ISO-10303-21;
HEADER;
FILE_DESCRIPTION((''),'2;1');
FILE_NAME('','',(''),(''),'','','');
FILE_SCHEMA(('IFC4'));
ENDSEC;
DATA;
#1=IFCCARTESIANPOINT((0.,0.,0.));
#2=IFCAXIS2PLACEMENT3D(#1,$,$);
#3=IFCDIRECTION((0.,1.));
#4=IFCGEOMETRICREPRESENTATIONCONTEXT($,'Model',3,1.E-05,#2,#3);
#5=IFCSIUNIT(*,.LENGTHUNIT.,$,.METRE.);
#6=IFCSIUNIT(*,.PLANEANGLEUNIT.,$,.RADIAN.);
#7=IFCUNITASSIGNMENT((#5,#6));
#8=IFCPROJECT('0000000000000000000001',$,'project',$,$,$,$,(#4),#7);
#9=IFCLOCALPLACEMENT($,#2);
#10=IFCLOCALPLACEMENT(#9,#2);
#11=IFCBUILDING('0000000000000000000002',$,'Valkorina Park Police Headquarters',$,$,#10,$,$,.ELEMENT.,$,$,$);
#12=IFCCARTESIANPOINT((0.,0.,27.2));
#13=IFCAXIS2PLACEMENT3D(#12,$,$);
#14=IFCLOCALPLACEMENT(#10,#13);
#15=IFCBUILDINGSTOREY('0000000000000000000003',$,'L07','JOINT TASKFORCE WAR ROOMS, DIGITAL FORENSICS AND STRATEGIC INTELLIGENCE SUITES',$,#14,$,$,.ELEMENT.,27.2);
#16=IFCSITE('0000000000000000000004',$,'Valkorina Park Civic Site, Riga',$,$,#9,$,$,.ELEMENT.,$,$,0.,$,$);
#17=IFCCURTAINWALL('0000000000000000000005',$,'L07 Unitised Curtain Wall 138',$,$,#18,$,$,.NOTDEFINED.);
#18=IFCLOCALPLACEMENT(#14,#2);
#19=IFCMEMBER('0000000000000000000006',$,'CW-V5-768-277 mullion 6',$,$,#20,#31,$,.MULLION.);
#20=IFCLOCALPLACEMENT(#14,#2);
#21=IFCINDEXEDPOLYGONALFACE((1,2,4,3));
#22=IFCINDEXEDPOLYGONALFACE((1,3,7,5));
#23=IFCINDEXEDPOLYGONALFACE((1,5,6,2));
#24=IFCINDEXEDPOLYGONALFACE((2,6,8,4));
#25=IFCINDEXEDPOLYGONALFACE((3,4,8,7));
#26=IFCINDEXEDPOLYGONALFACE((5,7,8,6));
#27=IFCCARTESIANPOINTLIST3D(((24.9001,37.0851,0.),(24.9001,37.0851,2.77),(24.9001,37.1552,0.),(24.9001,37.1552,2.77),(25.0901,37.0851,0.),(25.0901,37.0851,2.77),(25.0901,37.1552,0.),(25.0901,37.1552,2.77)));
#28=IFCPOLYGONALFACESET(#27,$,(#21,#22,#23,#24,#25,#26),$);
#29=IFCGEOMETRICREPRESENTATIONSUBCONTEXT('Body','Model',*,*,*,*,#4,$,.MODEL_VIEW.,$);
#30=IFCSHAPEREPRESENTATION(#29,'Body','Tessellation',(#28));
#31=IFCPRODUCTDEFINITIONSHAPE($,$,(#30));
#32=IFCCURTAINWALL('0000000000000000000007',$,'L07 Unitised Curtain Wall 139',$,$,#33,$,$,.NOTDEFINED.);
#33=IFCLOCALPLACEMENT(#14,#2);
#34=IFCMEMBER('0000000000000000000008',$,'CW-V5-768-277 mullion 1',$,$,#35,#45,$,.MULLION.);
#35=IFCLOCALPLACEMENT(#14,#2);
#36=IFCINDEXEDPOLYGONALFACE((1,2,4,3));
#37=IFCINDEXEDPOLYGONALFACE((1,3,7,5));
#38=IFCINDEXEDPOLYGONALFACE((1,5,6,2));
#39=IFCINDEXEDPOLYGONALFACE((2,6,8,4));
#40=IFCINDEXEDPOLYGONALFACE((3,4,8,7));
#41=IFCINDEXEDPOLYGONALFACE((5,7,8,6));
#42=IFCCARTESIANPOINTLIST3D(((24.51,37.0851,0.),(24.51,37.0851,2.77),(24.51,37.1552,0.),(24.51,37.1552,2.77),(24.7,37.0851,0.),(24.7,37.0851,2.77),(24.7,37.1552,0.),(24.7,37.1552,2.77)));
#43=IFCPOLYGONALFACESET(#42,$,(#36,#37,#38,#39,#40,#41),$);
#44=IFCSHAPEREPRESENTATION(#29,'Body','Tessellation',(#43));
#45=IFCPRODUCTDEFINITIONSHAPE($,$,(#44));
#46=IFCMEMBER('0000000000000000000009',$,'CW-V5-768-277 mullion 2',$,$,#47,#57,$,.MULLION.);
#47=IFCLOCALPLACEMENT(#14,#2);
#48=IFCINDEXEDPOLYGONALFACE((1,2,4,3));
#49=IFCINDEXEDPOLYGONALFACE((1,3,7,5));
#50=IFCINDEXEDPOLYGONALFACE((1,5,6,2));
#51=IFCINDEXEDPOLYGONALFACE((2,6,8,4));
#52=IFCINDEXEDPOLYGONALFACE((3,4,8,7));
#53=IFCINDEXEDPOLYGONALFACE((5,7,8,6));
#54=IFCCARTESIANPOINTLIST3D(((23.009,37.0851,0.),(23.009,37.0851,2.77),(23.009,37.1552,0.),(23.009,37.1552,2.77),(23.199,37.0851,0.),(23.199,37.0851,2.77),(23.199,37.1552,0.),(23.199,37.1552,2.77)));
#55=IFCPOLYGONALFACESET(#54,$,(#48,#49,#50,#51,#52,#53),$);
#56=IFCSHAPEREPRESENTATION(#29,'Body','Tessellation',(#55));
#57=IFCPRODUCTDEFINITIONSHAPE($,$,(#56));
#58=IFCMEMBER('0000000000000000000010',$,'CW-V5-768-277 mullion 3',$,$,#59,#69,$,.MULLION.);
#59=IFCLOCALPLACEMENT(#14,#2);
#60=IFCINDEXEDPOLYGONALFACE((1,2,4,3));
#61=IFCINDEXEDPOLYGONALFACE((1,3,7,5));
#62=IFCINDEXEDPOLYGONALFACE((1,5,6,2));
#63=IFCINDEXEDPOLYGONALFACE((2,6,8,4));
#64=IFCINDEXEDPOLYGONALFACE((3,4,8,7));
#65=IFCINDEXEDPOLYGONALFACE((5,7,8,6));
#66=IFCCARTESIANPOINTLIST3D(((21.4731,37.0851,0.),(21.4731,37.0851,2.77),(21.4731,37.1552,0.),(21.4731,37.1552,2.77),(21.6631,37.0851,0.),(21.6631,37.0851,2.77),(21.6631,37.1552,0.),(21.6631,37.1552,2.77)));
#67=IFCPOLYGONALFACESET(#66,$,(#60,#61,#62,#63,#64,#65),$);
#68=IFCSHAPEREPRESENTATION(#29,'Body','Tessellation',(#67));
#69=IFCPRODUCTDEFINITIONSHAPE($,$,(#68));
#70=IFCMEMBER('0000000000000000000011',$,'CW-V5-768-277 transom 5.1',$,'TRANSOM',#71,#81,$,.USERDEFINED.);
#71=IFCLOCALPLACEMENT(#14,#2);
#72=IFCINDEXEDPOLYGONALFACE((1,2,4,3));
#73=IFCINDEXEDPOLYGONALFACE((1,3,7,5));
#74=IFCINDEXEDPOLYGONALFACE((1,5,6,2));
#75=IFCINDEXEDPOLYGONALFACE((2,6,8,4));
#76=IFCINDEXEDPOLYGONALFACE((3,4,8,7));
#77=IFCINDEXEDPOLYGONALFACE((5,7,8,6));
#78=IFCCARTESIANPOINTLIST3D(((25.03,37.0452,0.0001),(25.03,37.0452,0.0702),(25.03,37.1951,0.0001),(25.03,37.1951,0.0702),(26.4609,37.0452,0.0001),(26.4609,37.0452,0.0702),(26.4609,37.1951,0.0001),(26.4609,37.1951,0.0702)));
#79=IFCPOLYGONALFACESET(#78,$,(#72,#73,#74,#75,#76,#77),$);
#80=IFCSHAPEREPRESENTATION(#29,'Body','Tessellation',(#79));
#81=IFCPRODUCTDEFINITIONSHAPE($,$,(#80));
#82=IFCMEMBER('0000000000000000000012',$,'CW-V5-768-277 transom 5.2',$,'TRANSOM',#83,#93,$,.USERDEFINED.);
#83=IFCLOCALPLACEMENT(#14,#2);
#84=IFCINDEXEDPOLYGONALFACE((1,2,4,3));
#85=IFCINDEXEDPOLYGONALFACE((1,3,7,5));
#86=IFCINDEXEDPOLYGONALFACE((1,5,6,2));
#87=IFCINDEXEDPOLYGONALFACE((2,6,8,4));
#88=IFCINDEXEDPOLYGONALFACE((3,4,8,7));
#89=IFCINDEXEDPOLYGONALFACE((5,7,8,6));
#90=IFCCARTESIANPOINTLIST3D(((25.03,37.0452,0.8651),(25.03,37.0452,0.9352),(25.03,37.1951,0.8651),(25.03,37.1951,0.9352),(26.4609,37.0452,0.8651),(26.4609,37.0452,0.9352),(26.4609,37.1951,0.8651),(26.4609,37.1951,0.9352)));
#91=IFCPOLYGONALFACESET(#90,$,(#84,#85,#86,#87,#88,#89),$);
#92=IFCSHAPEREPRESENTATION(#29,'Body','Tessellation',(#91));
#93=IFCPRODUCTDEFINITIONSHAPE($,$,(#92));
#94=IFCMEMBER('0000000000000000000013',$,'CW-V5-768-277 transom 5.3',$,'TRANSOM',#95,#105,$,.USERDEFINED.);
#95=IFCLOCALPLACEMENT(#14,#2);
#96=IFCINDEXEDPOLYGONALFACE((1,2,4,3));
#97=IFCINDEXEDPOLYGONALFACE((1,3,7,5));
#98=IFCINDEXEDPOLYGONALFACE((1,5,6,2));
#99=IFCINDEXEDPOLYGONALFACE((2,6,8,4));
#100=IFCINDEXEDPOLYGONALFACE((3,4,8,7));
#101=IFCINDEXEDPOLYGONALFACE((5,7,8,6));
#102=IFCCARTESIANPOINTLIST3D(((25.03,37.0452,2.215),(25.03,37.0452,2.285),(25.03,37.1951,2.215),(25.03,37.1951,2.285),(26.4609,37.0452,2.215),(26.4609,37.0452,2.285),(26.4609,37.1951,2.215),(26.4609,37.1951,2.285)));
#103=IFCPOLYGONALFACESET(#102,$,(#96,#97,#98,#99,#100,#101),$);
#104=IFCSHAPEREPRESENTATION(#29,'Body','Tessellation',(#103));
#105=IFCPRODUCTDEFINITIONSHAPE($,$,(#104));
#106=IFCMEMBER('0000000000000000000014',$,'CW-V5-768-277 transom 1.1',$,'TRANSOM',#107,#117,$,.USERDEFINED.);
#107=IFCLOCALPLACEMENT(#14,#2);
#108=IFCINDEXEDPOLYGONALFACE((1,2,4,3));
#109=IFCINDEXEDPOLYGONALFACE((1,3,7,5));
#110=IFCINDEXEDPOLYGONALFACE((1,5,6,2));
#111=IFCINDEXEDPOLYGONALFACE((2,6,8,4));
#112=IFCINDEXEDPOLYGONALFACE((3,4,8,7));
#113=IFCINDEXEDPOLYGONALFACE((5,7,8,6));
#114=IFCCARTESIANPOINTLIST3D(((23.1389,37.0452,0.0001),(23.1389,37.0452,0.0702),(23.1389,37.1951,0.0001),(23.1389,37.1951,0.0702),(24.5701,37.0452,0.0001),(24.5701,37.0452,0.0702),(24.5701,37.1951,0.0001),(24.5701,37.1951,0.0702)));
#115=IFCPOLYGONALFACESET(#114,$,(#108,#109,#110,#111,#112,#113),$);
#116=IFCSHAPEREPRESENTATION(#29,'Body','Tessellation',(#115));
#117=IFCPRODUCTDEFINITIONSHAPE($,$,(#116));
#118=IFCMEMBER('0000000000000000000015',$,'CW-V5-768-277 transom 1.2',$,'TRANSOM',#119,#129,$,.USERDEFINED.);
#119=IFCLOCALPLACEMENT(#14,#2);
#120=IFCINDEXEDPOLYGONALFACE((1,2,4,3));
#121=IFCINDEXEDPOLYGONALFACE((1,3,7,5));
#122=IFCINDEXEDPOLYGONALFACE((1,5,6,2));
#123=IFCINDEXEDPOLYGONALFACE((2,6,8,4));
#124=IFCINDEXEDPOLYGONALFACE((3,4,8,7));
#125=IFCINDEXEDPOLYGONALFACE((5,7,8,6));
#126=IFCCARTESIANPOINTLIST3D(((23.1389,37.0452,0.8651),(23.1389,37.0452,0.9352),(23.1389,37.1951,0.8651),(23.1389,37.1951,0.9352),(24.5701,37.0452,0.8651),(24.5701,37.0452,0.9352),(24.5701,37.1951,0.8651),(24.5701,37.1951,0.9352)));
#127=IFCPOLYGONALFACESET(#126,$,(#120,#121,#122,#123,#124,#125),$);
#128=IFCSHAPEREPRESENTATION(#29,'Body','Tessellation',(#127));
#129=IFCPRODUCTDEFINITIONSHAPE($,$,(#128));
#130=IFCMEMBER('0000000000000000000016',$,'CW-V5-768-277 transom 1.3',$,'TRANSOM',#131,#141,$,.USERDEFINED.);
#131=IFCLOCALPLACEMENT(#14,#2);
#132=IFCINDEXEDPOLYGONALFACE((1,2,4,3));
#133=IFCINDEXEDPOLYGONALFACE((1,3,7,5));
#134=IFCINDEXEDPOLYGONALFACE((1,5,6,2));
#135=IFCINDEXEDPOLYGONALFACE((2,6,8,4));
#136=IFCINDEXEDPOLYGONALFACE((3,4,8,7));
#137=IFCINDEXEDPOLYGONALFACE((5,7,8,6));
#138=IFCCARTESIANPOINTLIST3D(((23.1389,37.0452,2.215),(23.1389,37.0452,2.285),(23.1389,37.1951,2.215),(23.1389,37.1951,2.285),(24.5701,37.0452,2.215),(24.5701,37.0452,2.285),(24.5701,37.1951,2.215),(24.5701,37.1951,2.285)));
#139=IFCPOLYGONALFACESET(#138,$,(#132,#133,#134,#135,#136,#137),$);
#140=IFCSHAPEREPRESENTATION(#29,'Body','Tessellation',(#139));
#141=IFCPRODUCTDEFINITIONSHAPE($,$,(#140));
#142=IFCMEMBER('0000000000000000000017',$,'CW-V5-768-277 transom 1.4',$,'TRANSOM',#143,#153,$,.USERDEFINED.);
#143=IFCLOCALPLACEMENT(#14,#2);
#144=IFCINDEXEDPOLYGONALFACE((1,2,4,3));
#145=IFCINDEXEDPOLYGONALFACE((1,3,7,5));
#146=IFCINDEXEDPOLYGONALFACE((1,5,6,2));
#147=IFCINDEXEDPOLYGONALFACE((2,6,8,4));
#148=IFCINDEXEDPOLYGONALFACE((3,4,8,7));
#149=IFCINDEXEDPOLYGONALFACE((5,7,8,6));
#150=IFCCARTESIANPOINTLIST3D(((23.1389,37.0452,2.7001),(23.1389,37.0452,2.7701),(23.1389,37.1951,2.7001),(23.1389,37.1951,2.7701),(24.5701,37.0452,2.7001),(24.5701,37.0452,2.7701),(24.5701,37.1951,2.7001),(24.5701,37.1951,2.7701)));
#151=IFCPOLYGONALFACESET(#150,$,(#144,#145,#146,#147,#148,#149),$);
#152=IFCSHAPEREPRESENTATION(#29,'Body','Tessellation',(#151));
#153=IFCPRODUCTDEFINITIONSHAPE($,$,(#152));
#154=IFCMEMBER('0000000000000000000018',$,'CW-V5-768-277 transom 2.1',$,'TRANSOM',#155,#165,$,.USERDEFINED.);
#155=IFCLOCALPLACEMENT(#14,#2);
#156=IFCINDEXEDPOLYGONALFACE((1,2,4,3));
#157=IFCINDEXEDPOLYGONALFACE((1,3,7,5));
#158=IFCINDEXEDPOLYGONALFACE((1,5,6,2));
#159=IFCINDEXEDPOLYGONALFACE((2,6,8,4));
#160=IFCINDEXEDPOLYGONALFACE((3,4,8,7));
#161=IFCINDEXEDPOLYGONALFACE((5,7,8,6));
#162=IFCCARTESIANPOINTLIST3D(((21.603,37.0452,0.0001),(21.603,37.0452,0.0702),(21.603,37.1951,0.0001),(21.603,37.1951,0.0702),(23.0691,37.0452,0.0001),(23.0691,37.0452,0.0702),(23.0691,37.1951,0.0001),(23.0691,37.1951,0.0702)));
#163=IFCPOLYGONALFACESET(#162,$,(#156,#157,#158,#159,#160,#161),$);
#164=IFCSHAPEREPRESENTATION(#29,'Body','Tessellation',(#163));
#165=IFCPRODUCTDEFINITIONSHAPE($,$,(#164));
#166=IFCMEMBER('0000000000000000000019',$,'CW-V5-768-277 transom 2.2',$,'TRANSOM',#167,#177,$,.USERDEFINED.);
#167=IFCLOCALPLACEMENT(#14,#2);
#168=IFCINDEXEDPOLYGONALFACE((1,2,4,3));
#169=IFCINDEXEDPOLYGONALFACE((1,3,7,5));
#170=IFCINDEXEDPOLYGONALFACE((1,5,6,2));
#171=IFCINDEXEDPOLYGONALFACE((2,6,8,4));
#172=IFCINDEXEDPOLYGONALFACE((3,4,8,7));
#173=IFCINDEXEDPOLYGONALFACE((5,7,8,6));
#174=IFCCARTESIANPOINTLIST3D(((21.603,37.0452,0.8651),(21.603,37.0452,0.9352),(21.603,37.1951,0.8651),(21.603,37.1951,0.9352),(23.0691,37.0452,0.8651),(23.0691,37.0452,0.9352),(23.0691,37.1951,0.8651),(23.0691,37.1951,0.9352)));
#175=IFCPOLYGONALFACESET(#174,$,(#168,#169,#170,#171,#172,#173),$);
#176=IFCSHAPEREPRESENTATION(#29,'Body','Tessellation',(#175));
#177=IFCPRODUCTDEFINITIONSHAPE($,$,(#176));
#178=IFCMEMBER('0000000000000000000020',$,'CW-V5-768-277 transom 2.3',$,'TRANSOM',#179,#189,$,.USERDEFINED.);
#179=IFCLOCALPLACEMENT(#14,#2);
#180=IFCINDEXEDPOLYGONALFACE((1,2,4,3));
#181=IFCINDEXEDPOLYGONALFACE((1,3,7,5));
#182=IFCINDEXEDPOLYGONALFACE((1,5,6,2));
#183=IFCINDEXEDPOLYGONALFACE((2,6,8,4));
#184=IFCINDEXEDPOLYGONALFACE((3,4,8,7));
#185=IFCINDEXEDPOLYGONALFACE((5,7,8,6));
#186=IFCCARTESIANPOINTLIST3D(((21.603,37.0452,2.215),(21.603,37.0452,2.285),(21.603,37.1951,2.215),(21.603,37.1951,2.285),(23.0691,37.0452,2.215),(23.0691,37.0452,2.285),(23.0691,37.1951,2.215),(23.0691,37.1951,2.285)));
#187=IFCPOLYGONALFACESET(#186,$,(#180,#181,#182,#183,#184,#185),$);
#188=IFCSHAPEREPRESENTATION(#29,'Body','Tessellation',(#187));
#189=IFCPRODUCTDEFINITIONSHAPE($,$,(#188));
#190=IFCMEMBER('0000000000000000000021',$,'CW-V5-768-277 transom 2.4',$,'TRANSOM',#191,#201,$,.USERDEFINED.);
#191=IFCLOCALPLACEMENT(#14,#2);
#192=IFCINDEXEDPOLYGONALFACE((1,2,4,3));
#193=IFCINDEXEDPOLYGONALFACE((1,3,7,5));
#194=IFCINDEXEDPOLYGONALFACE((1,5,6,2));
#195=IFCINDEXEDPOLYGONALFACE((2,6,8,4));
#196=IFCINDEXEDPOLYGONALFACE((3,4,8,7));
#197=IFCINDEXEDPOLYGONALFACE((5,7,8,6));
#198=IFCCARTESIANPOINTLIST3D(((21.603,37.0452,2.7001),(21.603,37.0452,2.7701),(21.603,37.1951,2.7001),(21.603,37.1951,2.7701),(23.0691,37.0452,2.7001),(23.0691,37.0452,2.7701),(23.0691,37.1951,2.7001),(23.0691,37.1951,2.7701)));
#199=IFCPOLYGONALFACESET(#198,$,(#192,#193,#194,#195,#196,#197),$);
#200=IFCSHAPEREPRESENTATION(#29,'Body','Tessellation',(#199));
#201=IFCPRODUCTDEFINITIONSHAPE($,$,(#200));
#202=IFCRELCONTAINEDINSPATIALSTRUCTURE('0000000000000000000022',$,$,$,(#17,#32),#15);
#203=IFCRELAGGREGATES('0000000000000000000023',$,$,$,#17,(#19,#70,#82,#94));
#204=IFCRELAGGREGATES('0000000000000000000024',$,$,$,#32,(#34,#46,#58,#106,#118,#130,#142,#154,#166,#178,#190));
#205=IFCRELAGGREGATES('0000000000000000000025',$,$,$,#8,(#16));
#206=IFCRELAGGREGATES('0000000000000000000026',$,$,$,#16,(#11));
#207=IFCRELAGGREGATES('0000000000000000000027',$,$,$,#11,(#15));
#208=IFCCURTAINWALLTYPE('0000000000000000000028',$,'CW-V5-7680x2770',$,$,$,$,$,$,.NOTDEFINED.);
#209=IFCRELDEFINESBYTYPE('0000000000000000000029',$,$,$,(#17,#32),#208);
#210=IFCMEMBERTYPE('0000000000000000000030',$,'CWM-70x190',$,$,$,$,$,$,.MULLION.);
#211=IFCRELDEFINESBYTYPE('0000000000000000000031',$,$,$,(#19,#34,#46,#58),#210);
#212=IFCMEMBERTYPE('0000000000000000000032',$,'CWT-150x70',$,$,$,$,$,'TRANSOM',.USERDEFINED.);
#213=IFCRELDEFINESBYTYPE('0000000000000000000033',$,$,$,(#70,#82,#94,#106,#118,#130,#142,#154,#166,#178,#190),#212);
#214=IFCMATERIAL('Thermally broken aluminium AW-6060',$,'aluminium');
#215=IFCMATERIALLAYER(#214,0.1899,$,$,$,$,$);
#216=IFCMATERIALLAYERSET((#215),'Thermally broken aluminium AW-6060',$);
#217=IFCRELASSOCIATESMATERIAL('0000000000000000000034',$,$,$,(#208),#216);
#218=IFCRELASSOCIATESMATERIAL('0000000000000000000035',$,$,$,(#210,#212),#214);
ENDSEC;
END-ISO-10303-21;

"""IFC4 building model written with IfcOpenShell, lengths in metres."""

from ifc_helpers import new_model, si_unit, direction, frame, origin, origin_2d, place, context, subcontext, project, spatial, rectangle, extrude, material, layer, layer_set, material_profile, profile_set, type_object, element, aggregate, save


model = new_model("IFC4")

# Units and contexts
model_context = context("Model", 3, precision=1e-05, world=origin(), true_north=direction((0.0, 1.0)))
body_context = subcontext(model_context, "Body", "Model", "MODEL_VIEW")
ifc_project = project(units=[si_unit("LENGTHUNIT", "METRE"), si_unit("PLANEANGLEUNIT", "RADIAN")], contexts=[model_context])

# Site, building, storey
site_placement = place(None, origin())
site = spatial("IfcSite", under=ifc_project, at=site_placement, Name="Valkorina Park Civic Site, Riga", CompositionType="ELEMENT", RefElevation=0.0)
building_placement = place(site_placement, origin())
building = spatial("IfcBuilding", under=site, at=building_placement, Name="Valkorina Park Police Headquarters", CompositionType="ELEMENT")
storey_placement = place(building_placement, frame((0.0, 0.0, 27.2)))
storey = spatial("IfcBuildingStorey", under=building, at=storey_placement, Name="L07", Description="JOINT TASKFORCE WAR ROOMS, DIGITAL FORENSICS AND STRATEGIC INTELLIGENCE SUITES", CompositionType="ELEMENT", Elevation=27.2)

# Curtain wall, member
ifc_material_1 = material(Name="Thermally broken aluminium AW-6060", Category="aluminium")
ifc_layer_1 = layer(ifc_material_1, 0.1899)
ifc_layer_set_1 = layer_set([ifc_layer_1], Name="Thermally broken aluminium AW-6060")
curtain_wall_type = type_object("IfcCurtainWallType", Name="CW-V5-7680x2770", PredefinedType="NOTDEFINED", material=ifc_layer_set_1)
curtain_wall_1_placement = place(storey_placement, origin())
curtain_wall_1 = element("IfcCurtainWall", 1, at=curtain_wall_1_placement, inside=storey, type_object=curtain_wall_type, Name="L07 Unitised Curtain Wall 138", PredefinedType="NOTDEFINED")
ifc_material_profile_1 = material_profile(ifc_material_1, rectangle(XDim=0.0701, YDim=0.1899, at=origin_2d()), Name="CWM-02 70x190")
ifc_profile_set_1 = profile_set([ifc_material_profile_1], Name="Thermally broken aluminium AW-6060")
member_type_1 = type_object("IfcMemberType", Name="CWM-70x190", PredefinedType="MULLION", material=ifc_profile_set_1)
member_1_placement = place(storey_placement, frame((24.9951, 37.1201, 0.0), z_axis=(0.0, 0.0, 1.0), x_axis=(0.0, -1.0, 0.0)))
member_1 = element("IfcMember", 2, at=member_1_placement, type_object=member_type_1, Name="CW-V5-768-277 mullion 6", PredefinedType="MULLION", context=body_context, shape_type="SweptSolid", body=[
    extrude(rectangle(XDim=0.0701, YDim=0.1899, at=origin_2d()), origin(), (0.0, 0.0, 1.0), 2.77),
])

# Curtain wall, members
curtain_wall_2_placement = place(storey_placement, origin())
curtain_wall_2 = element("IfcCurtainWall", 3, at=curtain_wall_2_placement, inside=storey, type_object=curtain_wall_type, Name="L07 Unitised Curtain Wall 139", PredefinedType="NOTDEFINED")
member_2_placement = place(storey_placement, frame((24.605, 37.1201, 0.0), z_axis=(0.0, 0.0, 1.0), x_axis=(0.0, -1.0, 0.0)))
member_2 = element("IfcMember", 4, at=member_2_placement, type_object=member_type_1, Name="CW-V5-768-277 mullion 1", PredefinedType="MULLION", context=body_context, shape_type="SweptSolid", body=[
    extrude(rectangle(XDim=0.0701, YDim=0.1899, at=origin_2d()), origin(), (0.0, 0.0, 1.0), 2.77),
])
member_3_placement = place(storey_placement, frame((23.104, 37.1201, 0.0), z_axis=(0.0, 0.0, 1.0), x_axis=(0.0, -1.0, 0.0)))
member_3 = element("IfcMember", 5, at=member_3_placement, type_object=member_type_1, Name="CW-V5-768-277 mullion 2", PredefinedType="MULLION", context=body_context, shape_type="SweptSolid", body=[
    extrude(rectangle(XDim=0.0701, YDim=0.1899, at=origin_2d()), origin(), (0.0, 0.0, 1.0), 2.77),
])
member_4_placement = place(storey_placement, frame((21.5681, 37.1201, 0.0), z_axis=(0.0, 0.0, 1.0), x_axis=(0.0, -1.0, 0.0)))
member_4 = element("IfcMember", 6, at=member_4_placement, type_object=member_type_1, Name="CW-V5-768-277 mullion 3", PredefinedType="MULLION", context=body_context, shape_type="SweptSolid", body=[
    extrude(rectangle(XDim=0.0701, YDim=0.1899, at=origin_2d()), origin(), (0.0, 0.0, 1.0), 2.77),
])

# Members
ifc_material_profile_2 = material_profile(ifc_material_1, rectangle(XDim=0.1499, YDim=0.0701, at=origin_2d()), Name="CWT-02 150x70")
ifc_profile_set_2 = profile_set([ifc_material_profile_2], Name="Thermally broken aluminium AW-6060")
member_type_2 = type_object("IfcMemberType", Name="CWT-150x70", ElementType="TRANSOM", PredefinedType="USERDEFINED", material=ifc_profile_set_2)
member_5_placement = place(storey_placement, frame((26.4609, 37.1201, 0.0352), z_axis=(-1.0, 0.0, 0.0), x_axis=(0.0, -1.0, 0.0)))
member_5 = element("IfcMember", 7, at=member_5_placement, type_object=member_type_2, Name="CW-V5-768-277 transom 5.1", ObjectType="TRANSOM", PredefinedType="USERDEFINED", context=body_context, shape_type="SweptSolid", body=[
    extrude(rectangle(XDim=0.1499, YDim=0.0701, at=origin_2d()), origin(), (0.0, 0.0, 1.0), 1.4309),
])
member_6_placement = place(storey_placement, frame((26.4609, 37.1201, 0.9001), z_axis=(-1.0, 0.0, 0.0), x_axis=(0.0, -1.0, 0.0)))
member_6 = element("IfcMember", 8, at=member_6_placement, type_object=member_type_2, Name="CW-V5-768-277 transom 5.2", ObjectType="TRANSOM", PredefinedType="USERDEFINED", context=body_context, shape_type="SweptSolid", body=[
    extrude(rectangle(XDim=0.1499, YDim=0.0701, at=origin_2d()), origin(), (0.0, 0.0, 1.0), 1.4309),
])
member_7_placement = place(storey_placement, frame((26.4609, 37.1201, 2.25), z_axis=(-1.0, 0.0, 0.0), x_axis=(0.0, -1.0, 0.0)))
member_7 = element("IfcMember", 9, at=member_7_placement, type_object=member_type_2, Name="CW-V5-768-277 transom 5.3", ObjectType="TRANSOM", PredefinedType="USERDEFINED", context=body_context, shape_type="SweptSolid", body=[
    extrude(rectangle(XDim=0.1499, YDim=0.0701, at=origin_2d()), origin(), (0.0, 0.0, 1.0), 1.4309),
])
member_8_placement = place(storey_placement, frame((24.5701, 37.1201, 0.0352), z_axis=(-1.0, 0.0, 0.0), x_axis=(0.0, -1.0, 0.0)))
member_8 = element("IfcMember", 10, at=member_8_placement, type_object=member_type_2, Name="CW-V5-768-277 transom 1.1", ObjectType="TRANSOM", PredefinedType="USERDEFINED", context=body_context, shape_type="SweptSolid", body=[
    extrude(rectangle(XDim=0.1499, YDim=0.0701, at=origin_2d()), origin(), (0.0, 0.0, 1.0), 1.4312),
])
member_9_placement = place(storey_placement, frame((24.5701, 37.1201, 0.9001), z_axis=(-1.0, 0.0, 0.0), x_axis=(0.0, -1.0, 0.0)))
member_9 = element("IfcMember", 11, at=member_9_placement, type_object=member_type_2, Name="CW-V5-768-277 transom 1.2", ObjectType="TRANSOM", PredefinedType="USERDEFINED", context=body_context, shape_type="SweptSolid", body=[
    extrude(rectangle(XDim=0.1499, YDim=0.0701, at=origin_2d()), origin(), (0.0, 0.0, 1.0), 1.4312),
])
member_10_placement = place(storey_placement, frame((24.5701, 37.1201, 2.25), z_axis=(-1.0, 0.0, 0.0), x_axis=(0.0, -1.0, 0.0)))
member_10 = element("IfcMember", 12, at=member_10_placement, type_object=member_type_2, Name="CW-V5-768-277 transom 1.3", ObjectType="TRANSOM", PredefinedType="USERDEFINED", context=body_context, shape_type="SweptSolid", body=[
    extrude(rectangle(XDim=0.1499, YDim=0.0701, at=origin_2d()), origin(), (0.0, 0.0, 1.0), 1.4312),
])
member_11_placement = place(storey_placement, frame((24.5701, 37.1201, 2.7351), z_axis=(-1.0, 0.0, 0.0), x_axis=(0.0, -1.0, 0.0)))
member_11 = element("IfcMember", 13, at=member_11_placement, type_object=member_type_2, Name="CW-V5-768-277 transom 1.4", ObjectType="TRANSOM", PredefinedType="USERDEFINED", context=body_context, shape_type="SweptSolid", body=[
    extrude(rectangle(XDim=0.1499, YDim=0.0701, at=origin_2d()), origin(), (0.0, 0.0, 1.0), 1.4312),
])
member_12_placement = place(storey_placement, frame((23.0691, 37.1201, 0.0352), z_axis=(-1.0, 0.0, 0.0), x_axis=(0.0, -1.0, 0.0)))
member_12 = element("IfcMember", 14, at=member_12_placement, type_object=member_type_2, Name="CW-V5-768-277 transom 2.1", ObjectType="TRANSOM", PredefinedType="USERDEFINED", context=body_context, shape_type="SweptSolid", body=[
    extrude(rectangle(XDim=0.1499, YDim=0.0701, at=origin_2d()), origin(), (0.0, 0.0, 1.0), 1.4661),
])
member_13_placement = place(storey_placement, frame((23.0691, 37.1201, 0.9001), z_axis=(-1.0, 0.0, 0.0), x_axis=(0.0, -1.0, 0.0)))
member_13 = element("IfcMember", 15, at=member_13_placement, type_object=member_type_2, Name="CW-V5-768-277 transom 2.2", ObjectType="TRANSOM", PredefinedType="USERDEFINED", context=body_context, shape_type="SweptSolid", body=[
    extrude(rectangle(XDim=0.1499, YDim=0.0701, at=origin_2d()), origin(), (0.0, 0.0, 1.0), 1.4661),
])
member_14_placement = place(storey_placement, frame((23.0691, 37.1201, 2.25), z_axis=(-1.0, 0.0, 0.0), x_axis=(0.0, -1.0, 0.0)))
member_14 = element("IfcMember", 16, at=member_14_placement, type_object=member_type_2, Name="CW-V5-768-277 transom 2.3", ObjectType="TRANSOM", PredefinedType="USERDEFINED", context=body_context, shape_type="SweptSolid", body=[
    extrude(rectangle(XDim=0.1499, YDim=0.0701, at=origin_2d()), origin(), (0.0, 0.0, 1.0), 1.4661),
])
member_15_placement = place(storey_placement, frame((23.0691, 37.1201, 2.7351), z_axis=(-1.0, 0.0, 0.0), x_axis=(0.0, -1.0, 0.0)))
member_15 = element("IfcMember", 17, at=member_15_placement, type_object=member_type_2, Name="CW-V5-768-277 transom 2.4", ObjectType="TRANSOM", PredefinedType="USERDEFINED", context=body_context, shape_type="SweptSolid", body=[
    extrude(rectangle(XDim=0.1499, YDim=0.0701, at=origin_2d()), origin(), (0.0, 0.0, 1.0), 1.4661),
])

aggregate(curtain_wall_1, [member_1, member_5, member_6, member_7])
aggregate(curtain_wall_2, [member_2, member_3, member_4, member_8, member_9, member_10, member_11, member_12, member_13, member_14, member_15])

save(model, "model.ifc")
